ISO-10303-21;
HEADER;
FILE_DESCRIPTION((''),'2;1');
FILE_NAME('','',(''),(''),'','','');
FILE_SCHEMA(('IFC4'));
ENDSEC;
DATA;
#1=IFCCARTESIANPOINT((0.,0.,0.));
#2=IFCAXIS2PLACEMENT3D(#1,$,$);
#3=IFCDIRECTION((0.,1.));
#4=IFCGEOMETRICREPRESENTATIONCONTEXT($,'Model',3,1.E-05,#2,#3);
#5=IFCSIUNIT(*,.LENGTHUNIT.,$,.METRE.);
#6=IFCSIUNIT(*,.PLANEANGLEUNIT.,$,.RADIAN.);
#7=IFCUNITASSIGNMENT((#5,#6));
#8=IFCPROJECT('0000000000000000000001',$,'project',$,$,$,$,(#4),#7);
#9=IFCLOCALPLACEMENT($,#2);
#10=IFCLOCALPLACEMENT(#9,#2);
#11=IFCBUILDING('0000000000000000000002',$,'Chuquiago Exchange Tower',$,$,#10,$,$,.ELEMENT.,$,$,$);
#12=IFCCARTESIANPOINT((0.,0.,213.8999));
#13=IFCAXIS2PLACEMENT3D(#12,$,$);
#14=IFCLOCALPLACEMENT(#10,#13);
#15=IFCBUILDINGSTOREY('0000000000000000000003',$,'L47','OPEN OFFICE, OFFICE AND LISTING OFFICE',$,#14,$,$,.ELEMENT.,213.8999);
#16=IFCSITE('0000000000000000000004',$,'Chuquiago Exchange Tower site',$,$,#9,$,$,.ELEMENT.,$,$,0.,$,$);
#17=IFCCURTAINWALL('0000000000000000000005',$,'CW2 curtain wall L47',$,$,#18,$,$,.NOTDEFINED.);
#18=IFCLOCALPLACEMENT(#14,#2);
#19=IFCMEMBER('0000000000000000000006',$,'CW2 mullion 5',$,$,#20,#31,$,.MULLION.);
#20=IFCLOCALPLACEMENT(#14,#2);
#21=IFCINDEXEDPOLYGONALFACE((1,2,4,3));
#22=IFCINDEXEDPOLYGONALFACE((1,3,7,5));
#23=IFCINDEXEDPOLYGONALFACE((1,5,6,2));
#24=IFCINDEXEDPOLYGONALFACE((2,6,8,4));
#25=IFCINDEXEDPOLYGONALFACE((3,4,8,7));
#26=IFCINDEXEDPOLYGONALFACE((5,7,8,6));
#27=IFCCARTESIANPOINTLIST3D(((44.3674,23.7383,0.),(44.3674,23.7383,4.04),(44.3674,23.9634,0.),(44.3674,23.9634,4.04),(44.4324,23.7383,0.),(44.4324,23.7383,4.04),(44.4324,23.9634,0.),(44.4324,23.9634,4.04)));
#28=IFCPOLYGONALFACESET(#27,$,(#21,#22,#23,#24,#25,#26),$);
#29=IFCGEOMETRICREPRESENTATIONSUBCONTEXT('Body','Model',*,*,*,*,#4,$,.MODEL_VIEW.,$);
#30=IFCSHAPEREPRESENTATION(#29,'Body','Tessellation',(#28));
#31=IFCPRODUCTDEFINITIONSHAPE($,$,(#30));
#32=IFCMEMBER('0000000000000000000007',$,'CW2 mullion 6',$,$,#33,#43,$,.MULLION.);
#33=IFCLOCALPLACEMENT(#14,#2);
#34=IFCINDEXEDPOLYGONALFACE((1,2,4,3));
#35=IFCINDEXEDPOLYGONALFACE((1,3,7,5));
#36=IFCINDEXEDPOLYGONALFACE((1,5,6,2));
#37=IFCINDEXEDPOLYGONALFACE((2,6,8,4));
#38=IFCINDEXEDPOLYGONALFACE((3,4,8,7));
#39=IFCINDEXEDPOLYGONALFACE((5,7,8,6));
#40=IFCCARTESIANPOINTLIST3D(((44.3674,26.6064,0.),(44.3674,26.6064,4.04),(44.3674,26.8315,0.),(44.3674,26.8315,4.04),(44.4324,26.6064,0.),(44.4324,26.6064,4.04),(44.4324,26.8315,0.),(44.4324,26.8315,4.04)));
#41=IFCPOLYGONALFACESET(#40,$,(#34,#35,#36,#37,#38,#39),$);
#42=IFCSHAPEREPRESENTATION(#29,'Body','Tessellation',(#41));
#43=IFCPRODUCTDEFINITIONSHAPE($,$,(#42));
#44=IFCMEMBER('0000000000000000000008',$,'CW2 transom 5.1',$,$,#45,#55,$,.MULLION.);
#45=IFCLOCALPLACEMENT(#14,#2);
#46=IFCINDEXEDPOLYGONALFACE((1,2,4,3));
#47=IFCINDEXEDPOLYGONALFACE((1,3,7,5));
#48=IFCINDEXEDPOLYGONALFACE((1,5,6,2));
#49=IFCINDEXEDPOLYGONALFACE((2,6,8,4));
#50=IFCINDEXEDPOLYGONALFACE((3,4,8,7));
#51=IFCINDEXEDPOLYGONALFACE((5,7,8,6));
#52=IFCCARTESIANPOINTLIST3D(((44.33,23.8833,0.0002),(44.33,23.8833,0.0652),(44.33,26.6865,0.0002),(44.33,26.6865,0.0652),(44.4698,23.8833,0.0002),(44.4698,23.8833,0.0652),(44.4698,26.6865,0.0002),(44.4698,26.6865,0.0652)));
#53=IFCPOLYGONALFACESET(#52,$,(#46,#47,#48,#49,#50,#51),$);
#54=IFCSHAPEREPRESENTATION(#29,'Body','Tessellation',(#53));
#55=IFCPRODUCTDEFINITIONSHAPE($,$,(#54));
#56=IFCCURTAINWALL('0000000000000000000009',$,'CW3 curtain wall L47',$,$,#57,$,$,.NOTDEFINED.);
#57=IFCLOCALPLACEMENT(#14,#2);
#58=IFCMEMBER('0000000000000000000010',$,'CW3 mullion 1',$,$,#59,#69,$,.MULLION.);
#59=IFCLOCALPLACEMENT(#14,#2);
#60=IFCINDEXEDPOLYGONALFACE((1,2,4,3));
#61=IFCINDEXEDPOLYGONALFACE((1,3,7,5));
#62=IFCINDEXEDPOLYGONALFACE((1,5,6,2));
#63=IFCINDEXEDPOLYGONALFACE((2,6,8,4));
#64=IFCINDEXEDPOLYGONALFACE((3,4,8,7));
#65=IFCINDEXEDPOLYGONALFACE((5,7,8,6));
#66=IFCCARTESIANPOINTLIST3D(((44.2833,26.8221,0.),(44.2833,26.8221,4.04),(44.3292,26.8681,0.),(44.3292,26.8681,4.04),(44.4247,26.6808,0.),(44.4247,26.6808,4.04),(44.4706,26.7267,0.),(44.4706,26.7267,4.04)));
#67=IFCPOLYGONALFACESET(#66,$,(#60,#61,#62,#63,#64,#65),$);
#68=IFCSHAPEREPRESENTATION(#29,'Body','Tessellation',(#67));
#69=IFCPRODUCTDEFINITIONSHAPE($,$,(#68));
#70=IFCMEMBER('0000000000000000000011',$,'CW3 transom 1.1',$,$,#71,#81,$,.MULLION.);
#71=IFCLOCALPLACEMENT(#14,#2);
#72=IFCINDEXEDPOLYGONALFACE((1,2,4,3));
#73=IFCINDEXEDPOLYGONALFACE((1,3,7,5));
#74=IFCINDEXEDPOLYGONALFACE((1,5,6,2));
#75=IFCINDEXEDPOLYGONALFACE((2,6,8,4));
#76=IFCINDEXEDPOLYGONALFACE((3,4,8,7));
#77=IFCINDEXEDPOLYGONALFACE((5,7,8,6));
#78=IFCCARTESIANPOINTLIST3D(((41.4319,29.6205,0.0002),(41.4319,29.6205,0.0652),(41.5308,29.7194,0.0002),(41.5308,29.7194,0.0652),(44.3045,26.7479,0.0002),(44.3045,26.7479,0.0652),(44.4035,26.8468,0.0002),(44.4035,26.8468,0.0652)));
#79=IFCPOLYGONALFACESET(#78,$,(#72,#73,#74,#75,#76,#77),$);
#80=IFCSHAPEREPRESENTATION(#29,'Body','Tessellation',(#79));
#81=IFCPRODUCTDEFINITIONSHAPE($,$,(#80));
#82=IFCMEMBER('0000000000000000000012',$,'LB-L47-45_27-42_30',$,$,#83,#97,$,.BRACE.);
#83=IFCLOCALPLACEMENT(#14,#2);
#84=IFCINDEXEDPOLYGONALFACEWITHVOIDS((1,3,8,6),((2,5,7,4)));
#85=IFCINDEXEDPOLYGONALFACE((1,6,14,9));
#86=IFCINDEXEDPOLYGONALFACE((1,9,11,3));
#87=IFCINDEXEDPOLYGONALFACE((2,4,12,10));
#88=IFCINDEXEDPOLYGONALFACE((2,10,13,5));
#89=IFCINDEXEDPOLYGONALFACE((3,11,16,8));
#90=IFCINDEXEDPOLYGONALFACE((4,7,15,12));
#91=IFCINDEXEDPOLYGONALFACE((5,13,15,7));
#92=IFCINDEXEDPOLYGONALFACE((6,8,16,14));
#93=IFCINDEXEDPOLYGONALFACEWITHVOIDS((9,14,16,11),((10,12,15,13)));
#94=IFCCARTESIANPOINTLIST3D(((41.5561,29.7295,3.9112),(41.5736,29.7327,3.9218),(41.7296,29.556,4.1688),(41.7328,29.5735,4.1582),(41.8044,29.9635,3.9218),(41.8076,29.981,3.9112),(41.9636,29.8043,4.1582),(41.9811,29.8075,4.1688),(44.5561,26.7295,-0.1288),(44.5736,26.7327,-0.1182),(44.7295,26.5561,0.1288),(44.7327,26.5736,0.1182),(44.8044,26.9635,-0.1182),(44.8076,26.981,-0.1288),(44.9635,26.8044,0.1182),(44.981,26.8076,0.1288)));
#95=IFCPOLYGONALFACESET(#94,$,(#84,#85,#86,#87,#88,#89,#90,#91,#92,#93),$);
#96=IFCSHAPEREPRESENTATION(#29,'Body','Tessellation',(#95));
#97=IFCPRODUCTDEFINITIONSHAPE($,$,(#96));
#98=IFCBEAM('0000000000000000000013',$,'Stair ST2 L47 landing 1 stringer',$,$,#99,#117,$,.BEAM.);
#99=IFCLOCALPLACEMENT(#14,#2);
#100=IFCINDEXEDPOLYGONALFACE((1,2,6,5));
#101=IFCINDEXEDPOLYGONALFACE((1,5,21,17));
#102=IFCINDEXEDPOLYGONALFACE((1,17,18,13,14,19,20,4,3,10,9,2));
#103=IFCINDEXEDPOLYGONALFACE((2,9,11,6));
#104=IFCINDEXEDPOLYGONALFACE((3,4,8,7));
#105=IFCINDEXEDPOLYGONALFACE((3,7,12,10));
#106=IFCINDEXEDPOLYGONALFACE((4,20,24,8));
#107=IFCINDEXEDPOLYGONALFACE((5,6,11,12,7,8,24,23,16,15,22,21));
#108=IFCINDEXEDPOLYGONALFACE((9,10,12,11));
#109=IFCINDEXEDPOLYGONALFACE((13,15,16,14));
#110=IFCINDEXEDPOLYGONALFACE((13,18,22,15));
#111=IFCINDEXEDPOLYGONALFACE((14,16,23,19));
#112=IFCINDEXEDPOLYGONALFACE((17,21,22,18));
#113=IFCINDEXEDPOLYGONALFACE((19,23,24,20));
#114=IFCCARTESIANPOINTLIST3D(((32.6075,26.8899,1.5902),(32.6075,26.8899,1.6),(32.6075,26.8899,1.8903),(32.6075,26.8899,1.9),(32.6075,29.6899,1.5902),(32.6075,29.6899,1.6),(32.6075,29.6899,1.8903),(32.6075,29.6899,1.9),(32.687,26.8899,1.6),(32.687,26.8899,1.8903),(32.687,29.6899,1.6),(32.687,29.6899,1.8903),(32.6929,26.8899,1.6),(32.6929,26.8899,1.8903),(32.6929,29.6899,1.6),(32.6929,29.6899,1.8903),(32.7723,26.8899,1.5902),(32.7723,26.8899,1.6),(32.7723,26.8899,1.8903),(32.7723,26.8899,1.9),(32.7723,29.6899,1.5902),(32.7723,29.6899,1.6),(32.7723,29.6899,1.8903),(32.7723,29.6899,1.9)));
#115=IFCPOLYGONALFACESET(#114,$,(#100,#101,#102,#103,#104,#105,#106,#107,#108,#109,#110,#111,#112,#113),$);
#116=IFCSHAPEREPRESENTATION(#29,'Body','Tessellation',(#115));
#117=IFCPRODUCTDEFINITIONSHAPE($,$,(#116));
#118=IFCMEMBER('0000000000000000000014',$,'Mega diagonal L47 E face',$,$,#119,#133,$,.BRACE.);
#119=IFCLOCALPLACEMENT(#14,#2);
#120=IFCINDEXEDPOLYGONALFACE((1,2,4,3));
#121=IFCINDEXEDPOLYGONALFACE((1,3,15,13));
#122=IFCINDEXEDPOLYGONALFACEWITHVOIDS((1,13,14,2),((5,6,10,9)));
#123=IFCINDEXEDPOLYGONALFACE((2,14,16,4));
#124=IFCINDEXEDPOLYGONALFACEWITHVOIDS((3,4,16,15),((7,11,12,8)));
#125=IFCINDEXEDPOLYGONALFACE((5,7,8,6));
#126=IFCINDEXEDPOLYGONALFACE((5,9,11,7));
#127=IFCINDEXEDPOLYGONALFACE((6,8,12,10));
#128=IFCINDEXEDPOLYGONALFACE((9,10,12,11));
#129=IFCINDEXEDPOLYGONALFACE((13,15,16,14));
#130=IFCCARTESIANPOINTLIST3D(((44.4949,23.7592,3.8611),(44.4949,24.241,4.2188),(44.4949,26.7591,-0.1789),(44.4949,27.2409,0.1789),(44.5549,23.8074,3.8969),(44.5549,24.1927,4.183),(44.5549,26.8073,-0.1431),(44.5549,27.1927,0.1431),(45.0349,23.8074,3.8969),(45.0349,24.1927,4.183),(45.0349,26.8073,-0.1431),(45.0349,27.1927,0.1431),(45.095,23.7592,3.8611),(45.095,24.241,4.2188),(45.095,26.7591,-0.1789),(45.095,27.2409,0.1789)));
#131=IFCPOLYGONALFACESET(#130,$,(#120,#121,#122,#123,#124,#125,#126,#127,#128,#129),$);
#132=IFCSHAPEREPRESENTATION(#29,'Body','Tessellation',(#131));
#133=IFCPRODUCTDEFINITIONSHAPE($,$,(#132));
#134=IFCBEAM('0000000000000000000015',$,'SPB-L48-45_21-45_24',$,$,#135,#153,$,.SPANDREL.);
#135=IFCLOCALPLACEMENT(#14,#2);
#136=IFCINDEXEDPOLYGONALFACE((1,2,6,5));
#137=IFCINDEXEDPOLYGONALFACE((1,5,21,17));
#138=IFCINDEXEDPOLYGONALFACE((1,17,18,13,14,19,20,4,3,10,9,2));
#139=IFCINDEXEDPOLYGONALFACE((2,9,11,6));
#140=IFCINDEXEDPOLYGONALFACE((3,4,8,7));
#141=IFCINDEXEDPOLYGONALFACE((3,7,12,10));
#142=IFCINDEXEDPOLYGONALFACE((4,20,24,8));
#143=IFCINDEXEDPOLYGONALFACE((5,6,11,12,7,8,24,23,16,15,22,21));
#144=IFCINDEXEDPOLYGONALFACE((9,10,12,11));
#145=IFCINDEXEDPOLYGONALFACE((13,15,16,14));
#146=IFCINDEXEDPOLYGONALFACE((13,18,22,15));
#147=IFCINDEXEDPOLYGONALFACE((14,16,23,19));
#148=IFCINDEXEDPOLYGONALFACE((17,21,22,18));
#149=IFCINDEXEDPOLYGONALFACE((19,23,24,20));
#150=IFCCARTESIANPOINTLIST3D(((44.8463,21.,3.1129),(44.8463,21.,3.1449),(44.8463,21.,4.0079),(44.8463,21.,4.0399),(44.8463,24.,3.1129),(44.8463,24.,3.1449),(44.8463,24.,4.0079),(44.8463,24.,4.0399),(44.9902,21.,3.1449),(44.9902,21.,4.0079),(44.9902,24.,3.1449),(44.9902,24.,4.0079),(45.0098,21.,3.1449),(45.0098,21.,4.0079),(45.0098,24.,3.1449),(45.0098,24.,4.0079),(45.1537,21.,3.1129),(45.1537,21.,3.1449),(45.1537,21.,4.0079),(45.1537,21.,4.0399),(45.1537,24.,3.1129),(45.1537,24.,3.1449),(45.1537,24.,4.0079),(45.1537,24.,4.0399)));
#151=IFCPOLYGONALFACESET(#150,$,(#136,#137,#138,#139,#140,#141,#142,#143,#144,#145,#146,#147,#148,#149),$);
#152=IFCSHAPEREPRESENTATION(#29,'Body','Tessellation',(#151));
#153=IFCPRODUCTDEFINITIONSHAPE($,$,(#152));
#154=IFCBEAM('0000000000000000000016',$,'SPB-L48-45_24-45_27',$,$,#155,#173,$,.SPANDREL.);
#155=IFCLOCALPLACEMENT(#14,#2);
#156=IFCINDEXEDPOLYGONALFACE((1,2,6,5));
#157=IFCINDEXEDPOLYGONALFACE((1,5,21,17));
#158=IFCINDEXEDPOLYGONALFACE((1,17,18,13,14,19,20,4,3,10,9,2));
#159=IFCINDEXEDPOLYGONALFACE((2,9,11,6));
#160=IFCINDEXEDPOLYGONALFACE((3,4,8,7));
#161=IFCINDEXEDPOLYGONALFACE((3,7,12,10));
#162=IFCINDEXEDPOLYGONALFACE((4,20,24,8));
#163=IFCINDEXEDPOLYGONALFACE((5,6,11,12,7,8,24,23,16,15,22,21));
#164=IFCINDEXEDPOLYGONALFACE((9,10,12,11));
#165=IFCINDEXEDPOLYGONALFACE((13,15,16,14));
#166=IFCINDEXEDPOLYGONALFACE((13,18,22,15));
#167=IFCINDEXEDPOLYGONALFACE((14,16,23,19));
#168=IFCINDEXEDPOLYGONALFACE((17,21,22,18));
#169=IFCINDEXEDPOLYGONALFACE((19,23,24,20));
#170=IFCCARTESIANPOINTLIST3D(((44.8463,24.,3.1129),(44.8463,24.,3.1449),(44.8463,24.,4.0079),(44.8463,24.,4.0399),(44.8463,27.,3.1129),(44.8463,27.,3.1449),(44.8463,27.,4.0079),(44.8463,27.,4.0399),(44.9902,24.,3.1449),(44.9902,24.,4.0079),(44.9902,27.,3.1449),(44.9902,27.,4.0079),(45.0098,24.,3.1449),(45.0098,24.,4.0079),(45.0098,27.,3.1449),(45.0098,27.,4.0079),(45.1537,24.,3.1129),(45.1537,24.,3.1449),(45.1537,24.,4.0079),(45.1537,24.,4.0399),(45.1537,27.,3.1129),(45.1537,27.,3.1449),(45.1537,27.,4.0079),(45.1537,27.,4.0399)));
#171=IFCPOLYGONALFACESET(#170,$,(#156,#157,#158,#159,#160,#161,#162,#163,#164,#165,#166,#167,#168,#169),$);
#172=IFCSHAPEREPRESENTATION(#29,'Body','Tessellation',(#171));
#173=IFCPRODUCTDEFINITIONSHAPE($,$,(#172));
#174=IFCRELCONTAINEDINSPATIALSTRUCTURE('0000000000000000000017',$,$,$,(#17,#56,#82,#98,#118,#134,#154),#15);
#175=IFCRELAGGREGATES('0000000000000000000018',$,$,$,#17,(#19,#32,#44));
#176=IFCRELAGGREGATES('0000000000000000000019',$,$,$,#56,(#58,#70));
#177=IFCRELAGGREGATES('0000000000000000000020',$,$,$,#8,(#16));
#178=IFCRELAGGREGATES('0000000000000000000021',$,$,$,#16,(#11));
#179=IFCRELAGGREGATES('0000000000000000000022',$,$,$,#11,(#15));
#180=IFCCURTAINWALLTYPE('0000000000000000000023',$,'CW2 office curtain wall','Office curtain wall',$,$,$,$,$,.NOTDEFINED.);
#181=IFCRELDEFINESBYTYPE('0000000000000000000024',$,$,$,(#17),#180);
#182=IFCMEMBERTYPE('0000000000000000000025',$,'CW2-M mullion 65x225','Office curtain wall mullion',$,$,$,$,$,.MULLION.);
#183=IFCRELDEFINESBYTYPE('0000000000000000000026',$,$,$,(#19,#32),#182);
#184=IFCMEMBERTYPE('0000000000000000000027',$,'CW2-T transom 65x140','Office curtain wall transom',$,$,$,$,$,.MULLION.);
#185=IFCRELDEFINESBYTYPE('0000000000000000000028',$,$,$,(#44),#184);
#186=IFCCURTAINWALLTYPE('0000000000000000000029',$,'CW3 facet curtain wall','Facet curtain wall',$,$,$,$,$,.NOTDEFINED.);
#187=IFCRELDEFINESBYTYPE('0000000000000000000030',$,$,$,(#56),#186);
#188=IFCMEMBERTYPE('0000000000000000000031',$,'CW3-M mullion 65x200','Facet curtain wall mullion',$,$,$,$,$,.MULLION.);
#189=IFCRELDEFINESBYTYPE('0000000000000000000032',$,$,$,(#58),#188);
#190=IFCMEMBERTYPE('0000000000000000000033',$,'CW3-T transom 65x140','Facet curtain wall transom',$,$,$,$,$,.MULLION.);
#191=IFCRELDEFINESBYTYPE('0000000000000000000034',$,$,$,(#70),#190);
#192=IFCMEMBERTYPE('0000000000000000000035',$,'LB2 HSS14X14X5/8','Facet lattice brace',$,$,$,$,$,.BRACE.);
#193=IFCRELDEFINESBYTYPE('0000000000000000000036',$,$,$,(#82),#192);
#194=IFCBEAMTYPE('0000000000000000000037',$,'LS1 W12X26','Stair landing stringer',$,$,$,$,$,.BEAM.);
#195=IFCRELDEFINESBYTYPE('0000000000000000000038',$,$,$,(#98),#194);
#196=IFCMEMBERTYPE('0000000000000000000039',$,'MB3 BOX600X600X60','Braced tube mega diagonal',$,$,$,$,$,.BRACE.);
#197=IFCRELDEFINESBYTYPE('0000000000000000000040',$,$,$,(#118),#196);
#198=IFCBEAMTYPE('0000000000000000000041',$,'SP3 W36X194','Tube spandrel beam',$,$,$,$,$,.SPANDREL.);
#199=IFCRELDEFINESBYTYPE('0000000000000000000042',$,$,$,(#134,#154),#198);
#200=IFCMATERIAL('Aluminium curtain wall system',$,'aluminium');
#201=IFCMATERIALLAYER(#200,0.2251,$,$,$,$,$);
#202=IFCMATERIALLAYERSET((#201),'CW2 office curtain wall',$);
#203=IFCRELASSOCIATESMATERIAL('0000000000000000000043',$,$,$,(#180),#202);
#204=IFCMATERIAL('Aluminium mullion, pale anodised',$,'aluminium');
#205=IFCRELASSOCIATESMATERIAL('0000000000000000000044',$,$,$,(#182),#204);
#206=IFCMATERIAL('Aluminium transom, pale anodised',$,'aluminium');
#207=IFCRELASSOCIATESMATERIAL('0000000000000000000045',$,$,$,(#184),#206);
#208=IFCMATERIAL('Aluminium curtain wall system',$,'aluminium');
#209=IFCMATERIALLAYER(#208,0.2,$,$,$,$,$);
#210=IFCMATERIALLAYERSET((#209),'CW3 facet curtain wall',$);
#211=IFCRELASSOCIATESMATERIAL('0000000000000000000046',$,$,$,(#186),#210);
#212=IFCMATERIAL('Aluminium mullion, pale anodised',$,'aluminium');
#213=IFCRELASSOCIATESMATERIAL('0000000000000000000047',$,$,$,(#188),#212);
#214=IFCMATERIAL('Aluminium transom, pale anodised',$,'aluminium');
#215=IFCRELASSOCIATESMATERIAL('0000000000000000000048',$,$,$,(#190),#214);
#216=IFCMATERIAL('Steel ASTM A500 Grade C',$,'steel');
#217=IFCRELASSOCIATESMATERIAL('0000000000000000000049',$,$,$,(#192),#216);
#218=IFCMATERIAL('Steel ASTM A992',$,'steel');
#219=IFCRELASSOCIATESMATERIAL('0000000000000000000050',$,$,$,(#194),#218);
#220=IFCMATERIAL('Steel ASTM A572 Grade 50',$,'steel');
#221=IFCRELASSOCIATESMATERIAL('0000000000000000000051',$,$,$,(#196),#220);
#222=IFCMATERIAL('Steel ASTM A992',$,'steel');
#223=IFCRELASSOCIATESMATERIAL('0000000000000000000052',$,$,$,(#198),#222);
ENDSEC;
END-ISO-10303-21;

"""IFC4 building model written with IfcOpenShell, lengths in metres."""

from ifc_helpers import new_model, si_unit, direction, frame, origin, origin_2d, place, context, subcontext, project, spatial, rectangle, hollow_rectangle, i_section, extrude, material, layer, layer_set, material_profile, profile_set, type_object, element, aggregate, save


model = new_model("IFC4")

# Units and contexts
model_context = context("Model", 3, precision=1e-05, world=origin(), true_north=direction((0.0, 1.0)))
body_context = subcontext(model_context, "Body", "Model", "MODEL_VIEW")
ifc_project = project(units=[si_unit("LENGTHUNIT", "METRE"), si_unit("PLANEANGLEUNIT", "RADIAN")], contexts=[model_context])

# Site, building, storey
site_placement = place(None, origin())
site = spatial("IfcSite", under=ifc_project, at=site_placement, Name="Chuquiago Exchange Tower site", CompositionType="ELEMENT", RefElevation=0.0)
building_placement = place(site_placement, origin())
building = spatial("IfcBuilding", under=site, at=building_placement, Name="Chuquiago Exchange Tower", CompositionType="ELEMENT")
storey_placement = place(building_placement, frame((0.0, 0.0, 213.8999)))
storey = spatial("IfcBuildingStorey", under=building, at=storey_placement, Name="L47", Description="OPEN OFFICE, OFFICE AND LISTING OFFICE", CompositionType="ELEMENT", Elevation=213.8999)

# Curtain walls, members
ifc_material_1 = material(Name="Aluminium curtain wall system", Category="aluminium")
ifc_layer_1 = layer(ifc_material_1, 0.2251)
ifc_layer_set_1 = layer_set([ifc_layer_1], Name="CW2 office curtain wall")
curtain_wall_type_1 = type_object("IfcCurtainWallType", Name="CW2 office curtain wall", Description="Office curtain wall", PredefinedType="NOTDEFINED", material=ifc_layer_set_1)
curtain_wall_1_placement = place(storey_placement, origin())
curtain_wall_1 = element("IfcCurtainWall", 1, at=curtain_wall_1_placement, inside=storey, type_object=curtain_wall_type_1, Name="CW2 curtain wall L47", PredefinedType="NOTDEFINED")
ifc_material_2 = material(Name="Aluminium mullion, pale anodised", Category="aluminium")
ifc_material_profile_1 = material_profile(ifc_material_2, rectangle(XDim=0.0649, YDim=0.2251, at=origin_2d()), Name="AL 65x225")
ifc_profile_set_1 = profile_set([ifc_material_profile_1], Name="Aluminium mullion, pale anodised")
member_type_1 = type_object("IfcMemberType", Name="CW2-M mullion 65x225", Description="Office curtain wall mullion", PredefinedType="MULLION", material=ifc_profile_set_1)
member_1_placement = place(storey_placement, frame((44.3999, 23.8508, 0.0), z_axis=(0.0, 0.0, 1.0), x_axis=(-1.0, 0.0, 0.0)))
member_1 = element("IfcMember", 2, at=member_1_placement, type_object=member_type_1, Name="CW2 mullion 5", PredefinedType="MULLION", context=body_context, shape_type="SweptSolid", body=[
    extrude(rectangle(XDim=0.0649, YDim=0.2251, at=origin_2d()), origin(), (0.0, 0.0, 1.0), 4.04),
])
member_2_placement = place(storey_placement, frame((44.3999, 26.719, 0.0), z_axis=(0.0, 0.0, 1.0), x_axis=(-1.0, 0.0, 0.0)))
member_2 = element("IfcMember", 3, at=member_2_placement, type_object=member_type_1, Name="CW2 mullion 6", PredefinedType="MULLION", context=body_context, shape_type="SweptSolid", body=[
    extrude(rectangle(XDim=0.0649, YDim=0.2251, at=origin_2d()), origin(), (0.0, 0.0, 1.0), 4.04),
])
ifc_material_3 = material(Name="Aluminium transom, pale anodised", Category="aluminium")
ifc_material_profile_2 = material_profile(ifc_material_3, rectangle(XDim=0.1399, YDim=0.0649, at=origin_2d()), Name="AL 140x65")
ifc_profile_set_2 = profile_set([ifc_material_profile_2], Name="Aluminium transom, pale anodised")
member_type_2 = type_object("IfcMemberType", Name="CW2-T transom 65x140", Description="Office curtain wall transom", PredefinedType="MULLION", material=ifc_profile_set_2)
member_3_placement = place(storey_placement, frame((44.3999, 23.8833, 0.0327), z_axis=(0.0, 1.0, 0.0), x_axis=(-1.0, 0.0, 0.0)))
member_3 = element("IfcMember", 4, at=member_3_placement, type_object=member_type_2, Name="CW2 transom 5.1", PredefinedType="MULLION", context=body_context, shape_type="SweptSolid", body=[
    extrude(rectangle(XDim=0.1399, YDim=0.0649, at=origin_2d()), origin(), (0.0, 0.0, 1.0), 2.8032),
])
ifc_material_4 = material(Name="Aluminium curtain wall system", Category="aluminium")
ifc_layer_2 = layer(ifc_material_4, 0.2)
ifc_layer_set_2 = layer_set([ifc_layer_2], Name="CW3 facet curtain wall")
curtain_wall_type_2 = type_object("IfcCurtainWallType", Name="CW3 facet curtain wall", Description="Facet curtain wall", PredefinedType="NOTDEFINED", material=ifc_layer_set_2)
curtain_wall_2_placement = place(storey_placement, origin())
curtain_wall_2 = element("IfcCurtainWall", 5, at=curtain_wall_2_placement, inside=storey, type_object=curtain_wall_type_2, Name="CW3 curtain wall L47", PredefinedType="NOTDEFINED")
ifc_material_5 = material(Name="Aluminium mullion, pale anodised", Category="aluminium")
ifc_material_profile_3 = material_profile(ifc_material_5, rectangle(XDim=0.0649, YDim=0.2, at=origin_2d()), Name="AL 65x200")
ifc_profile_set_3 = profile_set([ifc_material_profile_3], Name="Aluminium mullion, pale anodised")
member_type_3 = type_object("IfcMemberType", Name="CW3-M mullion 65x200", Description="Facet curtain wall mullion", PredefinedType="MULLION", material=ifc_profile_set_3)
member_4_placement = place(storey_placement, frame((44.377, 26.7744, 0.0), z_axis=(0.0, 0.0, 1.0), x_axis=(-0.707107, -0.707107, 0.0)))
member_4 = element("IfcMember", 6, at=member_4_placement, type_object=member_type_3, Name="CW3 mullion 1", PredefinedType="MULLION", context=body_context, shape_type="SweptSolid", body=[
    extrude(rectangle(XDim=0.0649, YDim=0.2, at=origin_2d()), origin(), (0.0, 0.0, 1.0), 4.04),
])
ifc_material_6 = material(Name="Aluminium transom, pale anodised", Category="aluminium")
ifc_material_profile_4 = material_profile(ifc_material_6, rectangle(XDim=0.1399, YDim=0.0649, at=origin_2d()), Name="AL 140x65")
ifc_profile_set_4 = profile_set([ifc_material_profile_4], Name="Aluminium transom, pale anodised")
member_type_4 = type_object("IfcMemberType", Name="CW3-T transom 65x140", Description="Facet curtain wall transom", PredefinedType="MULLION", material=ifc_profile_set_4)
member_5_placement = place(storey_placement, frame((44.354, 26.7974, 0.0327), z_axis=(-0.707107, 0.707107, 0.0), x_axis=(-0.707107, -0.707107, 0.0)))
member_5 = element("IfcMember", 7, at=member_5_placement, type_object=member_type_4, Name="CW3 transom 1.1", PredefinedType="MULLION", context=body_context, shape_type="SweptSolid", body=[
    extrude(rectangle(XDim=0.1399, YDim=0.0649, at=origin_2d()), origin(), (0.0, 0.0, 1.0), 4.0625),
])

# Member
ifc_material_7 = material(Name="Steel ASTM A500 Grade C", Category="steel")
ifc_material_profile_5 = material_profile(ifc_material_7, hollow_rectangle(XDim=0.3557, YDim=0.3557, WallThickness=0.0146, at=origin_2d()), Name="HSS14X14X5/8")
ifc_profile_set_5 = profile_set([ifc_material_profile_5], Name="Steel ASTM A500 Grade C")
member_type_5 = type_object("IfcMemberType", Name="LB2 HSS14X14X5/8", Description="Facet lattice brace", PredefinedType="BRACE", material=ifc_profile_set_5)
member_6_placement = place(storey_placement, frame((44.7686, 26.7686, 0.0), z_axis=(-0.512077, 0.512077, 0.689604), x_axis=(-0.707107, -0.707107, 0.0)))
element("IfcMember", 8, at=member_6_placement, inside=storey, type_object=member_type_5, Name="LB-L47-45_27-42_30", PredefinedType="BRACE", context=body_context, shape_type="SweptSolid", body=[
    extrude(hollow_rectangle(XDim=0.3557, YDim=0.3557, WallThickness=0.0146, at=origin_2d()), origin(), (0.0, 0.0, 1.0), 5.8584),
])

# Beam
ifc_material_8 = material(Name="Steel ASTM A992", Category="steel")
ifc_material_profile_6 = material_profile(ifc_material_8, i_section(OverallWidth=0.1648, OverallDepth=0.3098, WebThickness=0.0059, FlangeThickness=0.0098, at=origin_2d()), Name="W12X26")
ifc_profile_set_6 = profile_set([ifc_material_profile_6], Name="Steel ASTM A992")
beam_type_1 = type_object("IfcBeamType", Name="LS1 W12X26", Description="Stair landing stringer", PredefinedType="BEAM", material=ifc_profile_set_6)
beam_1_placement = place(storey_placement, frame((32.6899, 26.8899, 1.7451), z_axis=(0.0, 1.0, 0.0), x_axis=(-1.0, 0.0, 0.0)))
element("IfcBeam", 9, at=beam_1_placement, inside=storey, type_object=beam_type_1, Name="Stair ST2 L47 landing 1 stringer", PredefinedType="BEAM", context=body_context, shape_type="SweptSolid", body=[
    extrude(i_section(OverallWidth=0.1648, OverallDepth=0.3098, WebThickness=0.0059, FlangeThickness=0.0098, at=origin_2d()), origin(), (0.0, 0.0, 1.0), 2.8),
])

# Member
ifc_material_9 = material(Name="Steel ASTM A572 Grade 50", Category="steel")
ifc_material_profile_7 = material_profile(ifc_material_9, hollow_rectangle(XDim=0.6001, YDim=0.6001, WallThickness=0.0601, at=origin_2d()), Name="BOX600X600X60")
ifc_profile_set_7 = profile_set([ifc_material_profile_7], Name="Steel ASTM A572 Grade 50")
member_type_6 = type_object("IfcMemberType", Name="MB3 BOX600X600X60", Description="Braced tube mega diagonal", PredefinedType="BRACE", material=ifc_profile_set_7)
member_7_placement = place(storey_placement, frame((44.7949, 27.0, 0.0), z_axis=(0.0, -0.596174, 0.802855), x_axis=(1.0, 0.0, 0.0)))
element("IfcMember", 10, at=member_7_placement, inside=storey, type_object=member_type_6, Name="Mega diagonal L47 E face", PredefinedType="BRACE", context=body_context, shape_type="SweptSolid", body=[
    extrude(hollow_rectangle(XDim=0.6001, YDim=0.6001, WallThickness=0.0601, at=origin_2d()), origin(), (0.0, 0.0, 1.0), 5.032),
])

# Beams
ifc_material_10 = material(Name="Steel ASTM A992", Category="steel")
ifc_material_profile_8 = material_profile(ifc_material_10, i_section(OverallWidth=0.3074, OverallDepth=0.927, WebThickness=0.0195, FlangeThickness=0.032, at=origin_2d()), Name="W36X194")
ifc_profile_set_8 = profile_set([ifc_material_profile_8], Name="Steel ASTM A992")
beam_type_2 = type_object("IfcBeamType", Name="SP3 W36X194", Description="Tube spandrel beam", PredefinedType="SPANDREL", material=ifc_profile_set_8)
for number, where, z_axis, x_axis, name in (
    (11, (45.0, 21.0, 3.5764), (0.0, 1.0, 0.0), (-1.0, 0.0, 0.0), "SPB-L48-45_21-45_24"),
    (12, (45.0, 24.0, 3.5764), (0.0, 1.0, 0.0), (-1.0, 0.0, 0.0), "SPB-L48-45_24-45_27"),
):
    element("IfcBeam", number, at=place(storey_placement, frame(where, z_axis=z_axis, x_axis=x_axis)), inside=storey, type_object=beam_type_2, Name=name, PredefinedType="SPANDREL", context=body_context, shape_type="SweptSolid", body=[
        extrude(i_section(OverallWidth=0.3074, OverallDepth=0.927, WebThickness=0.0195, FlangeThickness=0.032, at=origin_2d()), origin(), (0.0, 0.0, 1.0), 3.0),
    ])

aggregate(curtain_wall_1, [member_1, member_2, member_3])
aggregate(curtain_wall_2, [member_4, member_5])

save(model, "model.ifc")
